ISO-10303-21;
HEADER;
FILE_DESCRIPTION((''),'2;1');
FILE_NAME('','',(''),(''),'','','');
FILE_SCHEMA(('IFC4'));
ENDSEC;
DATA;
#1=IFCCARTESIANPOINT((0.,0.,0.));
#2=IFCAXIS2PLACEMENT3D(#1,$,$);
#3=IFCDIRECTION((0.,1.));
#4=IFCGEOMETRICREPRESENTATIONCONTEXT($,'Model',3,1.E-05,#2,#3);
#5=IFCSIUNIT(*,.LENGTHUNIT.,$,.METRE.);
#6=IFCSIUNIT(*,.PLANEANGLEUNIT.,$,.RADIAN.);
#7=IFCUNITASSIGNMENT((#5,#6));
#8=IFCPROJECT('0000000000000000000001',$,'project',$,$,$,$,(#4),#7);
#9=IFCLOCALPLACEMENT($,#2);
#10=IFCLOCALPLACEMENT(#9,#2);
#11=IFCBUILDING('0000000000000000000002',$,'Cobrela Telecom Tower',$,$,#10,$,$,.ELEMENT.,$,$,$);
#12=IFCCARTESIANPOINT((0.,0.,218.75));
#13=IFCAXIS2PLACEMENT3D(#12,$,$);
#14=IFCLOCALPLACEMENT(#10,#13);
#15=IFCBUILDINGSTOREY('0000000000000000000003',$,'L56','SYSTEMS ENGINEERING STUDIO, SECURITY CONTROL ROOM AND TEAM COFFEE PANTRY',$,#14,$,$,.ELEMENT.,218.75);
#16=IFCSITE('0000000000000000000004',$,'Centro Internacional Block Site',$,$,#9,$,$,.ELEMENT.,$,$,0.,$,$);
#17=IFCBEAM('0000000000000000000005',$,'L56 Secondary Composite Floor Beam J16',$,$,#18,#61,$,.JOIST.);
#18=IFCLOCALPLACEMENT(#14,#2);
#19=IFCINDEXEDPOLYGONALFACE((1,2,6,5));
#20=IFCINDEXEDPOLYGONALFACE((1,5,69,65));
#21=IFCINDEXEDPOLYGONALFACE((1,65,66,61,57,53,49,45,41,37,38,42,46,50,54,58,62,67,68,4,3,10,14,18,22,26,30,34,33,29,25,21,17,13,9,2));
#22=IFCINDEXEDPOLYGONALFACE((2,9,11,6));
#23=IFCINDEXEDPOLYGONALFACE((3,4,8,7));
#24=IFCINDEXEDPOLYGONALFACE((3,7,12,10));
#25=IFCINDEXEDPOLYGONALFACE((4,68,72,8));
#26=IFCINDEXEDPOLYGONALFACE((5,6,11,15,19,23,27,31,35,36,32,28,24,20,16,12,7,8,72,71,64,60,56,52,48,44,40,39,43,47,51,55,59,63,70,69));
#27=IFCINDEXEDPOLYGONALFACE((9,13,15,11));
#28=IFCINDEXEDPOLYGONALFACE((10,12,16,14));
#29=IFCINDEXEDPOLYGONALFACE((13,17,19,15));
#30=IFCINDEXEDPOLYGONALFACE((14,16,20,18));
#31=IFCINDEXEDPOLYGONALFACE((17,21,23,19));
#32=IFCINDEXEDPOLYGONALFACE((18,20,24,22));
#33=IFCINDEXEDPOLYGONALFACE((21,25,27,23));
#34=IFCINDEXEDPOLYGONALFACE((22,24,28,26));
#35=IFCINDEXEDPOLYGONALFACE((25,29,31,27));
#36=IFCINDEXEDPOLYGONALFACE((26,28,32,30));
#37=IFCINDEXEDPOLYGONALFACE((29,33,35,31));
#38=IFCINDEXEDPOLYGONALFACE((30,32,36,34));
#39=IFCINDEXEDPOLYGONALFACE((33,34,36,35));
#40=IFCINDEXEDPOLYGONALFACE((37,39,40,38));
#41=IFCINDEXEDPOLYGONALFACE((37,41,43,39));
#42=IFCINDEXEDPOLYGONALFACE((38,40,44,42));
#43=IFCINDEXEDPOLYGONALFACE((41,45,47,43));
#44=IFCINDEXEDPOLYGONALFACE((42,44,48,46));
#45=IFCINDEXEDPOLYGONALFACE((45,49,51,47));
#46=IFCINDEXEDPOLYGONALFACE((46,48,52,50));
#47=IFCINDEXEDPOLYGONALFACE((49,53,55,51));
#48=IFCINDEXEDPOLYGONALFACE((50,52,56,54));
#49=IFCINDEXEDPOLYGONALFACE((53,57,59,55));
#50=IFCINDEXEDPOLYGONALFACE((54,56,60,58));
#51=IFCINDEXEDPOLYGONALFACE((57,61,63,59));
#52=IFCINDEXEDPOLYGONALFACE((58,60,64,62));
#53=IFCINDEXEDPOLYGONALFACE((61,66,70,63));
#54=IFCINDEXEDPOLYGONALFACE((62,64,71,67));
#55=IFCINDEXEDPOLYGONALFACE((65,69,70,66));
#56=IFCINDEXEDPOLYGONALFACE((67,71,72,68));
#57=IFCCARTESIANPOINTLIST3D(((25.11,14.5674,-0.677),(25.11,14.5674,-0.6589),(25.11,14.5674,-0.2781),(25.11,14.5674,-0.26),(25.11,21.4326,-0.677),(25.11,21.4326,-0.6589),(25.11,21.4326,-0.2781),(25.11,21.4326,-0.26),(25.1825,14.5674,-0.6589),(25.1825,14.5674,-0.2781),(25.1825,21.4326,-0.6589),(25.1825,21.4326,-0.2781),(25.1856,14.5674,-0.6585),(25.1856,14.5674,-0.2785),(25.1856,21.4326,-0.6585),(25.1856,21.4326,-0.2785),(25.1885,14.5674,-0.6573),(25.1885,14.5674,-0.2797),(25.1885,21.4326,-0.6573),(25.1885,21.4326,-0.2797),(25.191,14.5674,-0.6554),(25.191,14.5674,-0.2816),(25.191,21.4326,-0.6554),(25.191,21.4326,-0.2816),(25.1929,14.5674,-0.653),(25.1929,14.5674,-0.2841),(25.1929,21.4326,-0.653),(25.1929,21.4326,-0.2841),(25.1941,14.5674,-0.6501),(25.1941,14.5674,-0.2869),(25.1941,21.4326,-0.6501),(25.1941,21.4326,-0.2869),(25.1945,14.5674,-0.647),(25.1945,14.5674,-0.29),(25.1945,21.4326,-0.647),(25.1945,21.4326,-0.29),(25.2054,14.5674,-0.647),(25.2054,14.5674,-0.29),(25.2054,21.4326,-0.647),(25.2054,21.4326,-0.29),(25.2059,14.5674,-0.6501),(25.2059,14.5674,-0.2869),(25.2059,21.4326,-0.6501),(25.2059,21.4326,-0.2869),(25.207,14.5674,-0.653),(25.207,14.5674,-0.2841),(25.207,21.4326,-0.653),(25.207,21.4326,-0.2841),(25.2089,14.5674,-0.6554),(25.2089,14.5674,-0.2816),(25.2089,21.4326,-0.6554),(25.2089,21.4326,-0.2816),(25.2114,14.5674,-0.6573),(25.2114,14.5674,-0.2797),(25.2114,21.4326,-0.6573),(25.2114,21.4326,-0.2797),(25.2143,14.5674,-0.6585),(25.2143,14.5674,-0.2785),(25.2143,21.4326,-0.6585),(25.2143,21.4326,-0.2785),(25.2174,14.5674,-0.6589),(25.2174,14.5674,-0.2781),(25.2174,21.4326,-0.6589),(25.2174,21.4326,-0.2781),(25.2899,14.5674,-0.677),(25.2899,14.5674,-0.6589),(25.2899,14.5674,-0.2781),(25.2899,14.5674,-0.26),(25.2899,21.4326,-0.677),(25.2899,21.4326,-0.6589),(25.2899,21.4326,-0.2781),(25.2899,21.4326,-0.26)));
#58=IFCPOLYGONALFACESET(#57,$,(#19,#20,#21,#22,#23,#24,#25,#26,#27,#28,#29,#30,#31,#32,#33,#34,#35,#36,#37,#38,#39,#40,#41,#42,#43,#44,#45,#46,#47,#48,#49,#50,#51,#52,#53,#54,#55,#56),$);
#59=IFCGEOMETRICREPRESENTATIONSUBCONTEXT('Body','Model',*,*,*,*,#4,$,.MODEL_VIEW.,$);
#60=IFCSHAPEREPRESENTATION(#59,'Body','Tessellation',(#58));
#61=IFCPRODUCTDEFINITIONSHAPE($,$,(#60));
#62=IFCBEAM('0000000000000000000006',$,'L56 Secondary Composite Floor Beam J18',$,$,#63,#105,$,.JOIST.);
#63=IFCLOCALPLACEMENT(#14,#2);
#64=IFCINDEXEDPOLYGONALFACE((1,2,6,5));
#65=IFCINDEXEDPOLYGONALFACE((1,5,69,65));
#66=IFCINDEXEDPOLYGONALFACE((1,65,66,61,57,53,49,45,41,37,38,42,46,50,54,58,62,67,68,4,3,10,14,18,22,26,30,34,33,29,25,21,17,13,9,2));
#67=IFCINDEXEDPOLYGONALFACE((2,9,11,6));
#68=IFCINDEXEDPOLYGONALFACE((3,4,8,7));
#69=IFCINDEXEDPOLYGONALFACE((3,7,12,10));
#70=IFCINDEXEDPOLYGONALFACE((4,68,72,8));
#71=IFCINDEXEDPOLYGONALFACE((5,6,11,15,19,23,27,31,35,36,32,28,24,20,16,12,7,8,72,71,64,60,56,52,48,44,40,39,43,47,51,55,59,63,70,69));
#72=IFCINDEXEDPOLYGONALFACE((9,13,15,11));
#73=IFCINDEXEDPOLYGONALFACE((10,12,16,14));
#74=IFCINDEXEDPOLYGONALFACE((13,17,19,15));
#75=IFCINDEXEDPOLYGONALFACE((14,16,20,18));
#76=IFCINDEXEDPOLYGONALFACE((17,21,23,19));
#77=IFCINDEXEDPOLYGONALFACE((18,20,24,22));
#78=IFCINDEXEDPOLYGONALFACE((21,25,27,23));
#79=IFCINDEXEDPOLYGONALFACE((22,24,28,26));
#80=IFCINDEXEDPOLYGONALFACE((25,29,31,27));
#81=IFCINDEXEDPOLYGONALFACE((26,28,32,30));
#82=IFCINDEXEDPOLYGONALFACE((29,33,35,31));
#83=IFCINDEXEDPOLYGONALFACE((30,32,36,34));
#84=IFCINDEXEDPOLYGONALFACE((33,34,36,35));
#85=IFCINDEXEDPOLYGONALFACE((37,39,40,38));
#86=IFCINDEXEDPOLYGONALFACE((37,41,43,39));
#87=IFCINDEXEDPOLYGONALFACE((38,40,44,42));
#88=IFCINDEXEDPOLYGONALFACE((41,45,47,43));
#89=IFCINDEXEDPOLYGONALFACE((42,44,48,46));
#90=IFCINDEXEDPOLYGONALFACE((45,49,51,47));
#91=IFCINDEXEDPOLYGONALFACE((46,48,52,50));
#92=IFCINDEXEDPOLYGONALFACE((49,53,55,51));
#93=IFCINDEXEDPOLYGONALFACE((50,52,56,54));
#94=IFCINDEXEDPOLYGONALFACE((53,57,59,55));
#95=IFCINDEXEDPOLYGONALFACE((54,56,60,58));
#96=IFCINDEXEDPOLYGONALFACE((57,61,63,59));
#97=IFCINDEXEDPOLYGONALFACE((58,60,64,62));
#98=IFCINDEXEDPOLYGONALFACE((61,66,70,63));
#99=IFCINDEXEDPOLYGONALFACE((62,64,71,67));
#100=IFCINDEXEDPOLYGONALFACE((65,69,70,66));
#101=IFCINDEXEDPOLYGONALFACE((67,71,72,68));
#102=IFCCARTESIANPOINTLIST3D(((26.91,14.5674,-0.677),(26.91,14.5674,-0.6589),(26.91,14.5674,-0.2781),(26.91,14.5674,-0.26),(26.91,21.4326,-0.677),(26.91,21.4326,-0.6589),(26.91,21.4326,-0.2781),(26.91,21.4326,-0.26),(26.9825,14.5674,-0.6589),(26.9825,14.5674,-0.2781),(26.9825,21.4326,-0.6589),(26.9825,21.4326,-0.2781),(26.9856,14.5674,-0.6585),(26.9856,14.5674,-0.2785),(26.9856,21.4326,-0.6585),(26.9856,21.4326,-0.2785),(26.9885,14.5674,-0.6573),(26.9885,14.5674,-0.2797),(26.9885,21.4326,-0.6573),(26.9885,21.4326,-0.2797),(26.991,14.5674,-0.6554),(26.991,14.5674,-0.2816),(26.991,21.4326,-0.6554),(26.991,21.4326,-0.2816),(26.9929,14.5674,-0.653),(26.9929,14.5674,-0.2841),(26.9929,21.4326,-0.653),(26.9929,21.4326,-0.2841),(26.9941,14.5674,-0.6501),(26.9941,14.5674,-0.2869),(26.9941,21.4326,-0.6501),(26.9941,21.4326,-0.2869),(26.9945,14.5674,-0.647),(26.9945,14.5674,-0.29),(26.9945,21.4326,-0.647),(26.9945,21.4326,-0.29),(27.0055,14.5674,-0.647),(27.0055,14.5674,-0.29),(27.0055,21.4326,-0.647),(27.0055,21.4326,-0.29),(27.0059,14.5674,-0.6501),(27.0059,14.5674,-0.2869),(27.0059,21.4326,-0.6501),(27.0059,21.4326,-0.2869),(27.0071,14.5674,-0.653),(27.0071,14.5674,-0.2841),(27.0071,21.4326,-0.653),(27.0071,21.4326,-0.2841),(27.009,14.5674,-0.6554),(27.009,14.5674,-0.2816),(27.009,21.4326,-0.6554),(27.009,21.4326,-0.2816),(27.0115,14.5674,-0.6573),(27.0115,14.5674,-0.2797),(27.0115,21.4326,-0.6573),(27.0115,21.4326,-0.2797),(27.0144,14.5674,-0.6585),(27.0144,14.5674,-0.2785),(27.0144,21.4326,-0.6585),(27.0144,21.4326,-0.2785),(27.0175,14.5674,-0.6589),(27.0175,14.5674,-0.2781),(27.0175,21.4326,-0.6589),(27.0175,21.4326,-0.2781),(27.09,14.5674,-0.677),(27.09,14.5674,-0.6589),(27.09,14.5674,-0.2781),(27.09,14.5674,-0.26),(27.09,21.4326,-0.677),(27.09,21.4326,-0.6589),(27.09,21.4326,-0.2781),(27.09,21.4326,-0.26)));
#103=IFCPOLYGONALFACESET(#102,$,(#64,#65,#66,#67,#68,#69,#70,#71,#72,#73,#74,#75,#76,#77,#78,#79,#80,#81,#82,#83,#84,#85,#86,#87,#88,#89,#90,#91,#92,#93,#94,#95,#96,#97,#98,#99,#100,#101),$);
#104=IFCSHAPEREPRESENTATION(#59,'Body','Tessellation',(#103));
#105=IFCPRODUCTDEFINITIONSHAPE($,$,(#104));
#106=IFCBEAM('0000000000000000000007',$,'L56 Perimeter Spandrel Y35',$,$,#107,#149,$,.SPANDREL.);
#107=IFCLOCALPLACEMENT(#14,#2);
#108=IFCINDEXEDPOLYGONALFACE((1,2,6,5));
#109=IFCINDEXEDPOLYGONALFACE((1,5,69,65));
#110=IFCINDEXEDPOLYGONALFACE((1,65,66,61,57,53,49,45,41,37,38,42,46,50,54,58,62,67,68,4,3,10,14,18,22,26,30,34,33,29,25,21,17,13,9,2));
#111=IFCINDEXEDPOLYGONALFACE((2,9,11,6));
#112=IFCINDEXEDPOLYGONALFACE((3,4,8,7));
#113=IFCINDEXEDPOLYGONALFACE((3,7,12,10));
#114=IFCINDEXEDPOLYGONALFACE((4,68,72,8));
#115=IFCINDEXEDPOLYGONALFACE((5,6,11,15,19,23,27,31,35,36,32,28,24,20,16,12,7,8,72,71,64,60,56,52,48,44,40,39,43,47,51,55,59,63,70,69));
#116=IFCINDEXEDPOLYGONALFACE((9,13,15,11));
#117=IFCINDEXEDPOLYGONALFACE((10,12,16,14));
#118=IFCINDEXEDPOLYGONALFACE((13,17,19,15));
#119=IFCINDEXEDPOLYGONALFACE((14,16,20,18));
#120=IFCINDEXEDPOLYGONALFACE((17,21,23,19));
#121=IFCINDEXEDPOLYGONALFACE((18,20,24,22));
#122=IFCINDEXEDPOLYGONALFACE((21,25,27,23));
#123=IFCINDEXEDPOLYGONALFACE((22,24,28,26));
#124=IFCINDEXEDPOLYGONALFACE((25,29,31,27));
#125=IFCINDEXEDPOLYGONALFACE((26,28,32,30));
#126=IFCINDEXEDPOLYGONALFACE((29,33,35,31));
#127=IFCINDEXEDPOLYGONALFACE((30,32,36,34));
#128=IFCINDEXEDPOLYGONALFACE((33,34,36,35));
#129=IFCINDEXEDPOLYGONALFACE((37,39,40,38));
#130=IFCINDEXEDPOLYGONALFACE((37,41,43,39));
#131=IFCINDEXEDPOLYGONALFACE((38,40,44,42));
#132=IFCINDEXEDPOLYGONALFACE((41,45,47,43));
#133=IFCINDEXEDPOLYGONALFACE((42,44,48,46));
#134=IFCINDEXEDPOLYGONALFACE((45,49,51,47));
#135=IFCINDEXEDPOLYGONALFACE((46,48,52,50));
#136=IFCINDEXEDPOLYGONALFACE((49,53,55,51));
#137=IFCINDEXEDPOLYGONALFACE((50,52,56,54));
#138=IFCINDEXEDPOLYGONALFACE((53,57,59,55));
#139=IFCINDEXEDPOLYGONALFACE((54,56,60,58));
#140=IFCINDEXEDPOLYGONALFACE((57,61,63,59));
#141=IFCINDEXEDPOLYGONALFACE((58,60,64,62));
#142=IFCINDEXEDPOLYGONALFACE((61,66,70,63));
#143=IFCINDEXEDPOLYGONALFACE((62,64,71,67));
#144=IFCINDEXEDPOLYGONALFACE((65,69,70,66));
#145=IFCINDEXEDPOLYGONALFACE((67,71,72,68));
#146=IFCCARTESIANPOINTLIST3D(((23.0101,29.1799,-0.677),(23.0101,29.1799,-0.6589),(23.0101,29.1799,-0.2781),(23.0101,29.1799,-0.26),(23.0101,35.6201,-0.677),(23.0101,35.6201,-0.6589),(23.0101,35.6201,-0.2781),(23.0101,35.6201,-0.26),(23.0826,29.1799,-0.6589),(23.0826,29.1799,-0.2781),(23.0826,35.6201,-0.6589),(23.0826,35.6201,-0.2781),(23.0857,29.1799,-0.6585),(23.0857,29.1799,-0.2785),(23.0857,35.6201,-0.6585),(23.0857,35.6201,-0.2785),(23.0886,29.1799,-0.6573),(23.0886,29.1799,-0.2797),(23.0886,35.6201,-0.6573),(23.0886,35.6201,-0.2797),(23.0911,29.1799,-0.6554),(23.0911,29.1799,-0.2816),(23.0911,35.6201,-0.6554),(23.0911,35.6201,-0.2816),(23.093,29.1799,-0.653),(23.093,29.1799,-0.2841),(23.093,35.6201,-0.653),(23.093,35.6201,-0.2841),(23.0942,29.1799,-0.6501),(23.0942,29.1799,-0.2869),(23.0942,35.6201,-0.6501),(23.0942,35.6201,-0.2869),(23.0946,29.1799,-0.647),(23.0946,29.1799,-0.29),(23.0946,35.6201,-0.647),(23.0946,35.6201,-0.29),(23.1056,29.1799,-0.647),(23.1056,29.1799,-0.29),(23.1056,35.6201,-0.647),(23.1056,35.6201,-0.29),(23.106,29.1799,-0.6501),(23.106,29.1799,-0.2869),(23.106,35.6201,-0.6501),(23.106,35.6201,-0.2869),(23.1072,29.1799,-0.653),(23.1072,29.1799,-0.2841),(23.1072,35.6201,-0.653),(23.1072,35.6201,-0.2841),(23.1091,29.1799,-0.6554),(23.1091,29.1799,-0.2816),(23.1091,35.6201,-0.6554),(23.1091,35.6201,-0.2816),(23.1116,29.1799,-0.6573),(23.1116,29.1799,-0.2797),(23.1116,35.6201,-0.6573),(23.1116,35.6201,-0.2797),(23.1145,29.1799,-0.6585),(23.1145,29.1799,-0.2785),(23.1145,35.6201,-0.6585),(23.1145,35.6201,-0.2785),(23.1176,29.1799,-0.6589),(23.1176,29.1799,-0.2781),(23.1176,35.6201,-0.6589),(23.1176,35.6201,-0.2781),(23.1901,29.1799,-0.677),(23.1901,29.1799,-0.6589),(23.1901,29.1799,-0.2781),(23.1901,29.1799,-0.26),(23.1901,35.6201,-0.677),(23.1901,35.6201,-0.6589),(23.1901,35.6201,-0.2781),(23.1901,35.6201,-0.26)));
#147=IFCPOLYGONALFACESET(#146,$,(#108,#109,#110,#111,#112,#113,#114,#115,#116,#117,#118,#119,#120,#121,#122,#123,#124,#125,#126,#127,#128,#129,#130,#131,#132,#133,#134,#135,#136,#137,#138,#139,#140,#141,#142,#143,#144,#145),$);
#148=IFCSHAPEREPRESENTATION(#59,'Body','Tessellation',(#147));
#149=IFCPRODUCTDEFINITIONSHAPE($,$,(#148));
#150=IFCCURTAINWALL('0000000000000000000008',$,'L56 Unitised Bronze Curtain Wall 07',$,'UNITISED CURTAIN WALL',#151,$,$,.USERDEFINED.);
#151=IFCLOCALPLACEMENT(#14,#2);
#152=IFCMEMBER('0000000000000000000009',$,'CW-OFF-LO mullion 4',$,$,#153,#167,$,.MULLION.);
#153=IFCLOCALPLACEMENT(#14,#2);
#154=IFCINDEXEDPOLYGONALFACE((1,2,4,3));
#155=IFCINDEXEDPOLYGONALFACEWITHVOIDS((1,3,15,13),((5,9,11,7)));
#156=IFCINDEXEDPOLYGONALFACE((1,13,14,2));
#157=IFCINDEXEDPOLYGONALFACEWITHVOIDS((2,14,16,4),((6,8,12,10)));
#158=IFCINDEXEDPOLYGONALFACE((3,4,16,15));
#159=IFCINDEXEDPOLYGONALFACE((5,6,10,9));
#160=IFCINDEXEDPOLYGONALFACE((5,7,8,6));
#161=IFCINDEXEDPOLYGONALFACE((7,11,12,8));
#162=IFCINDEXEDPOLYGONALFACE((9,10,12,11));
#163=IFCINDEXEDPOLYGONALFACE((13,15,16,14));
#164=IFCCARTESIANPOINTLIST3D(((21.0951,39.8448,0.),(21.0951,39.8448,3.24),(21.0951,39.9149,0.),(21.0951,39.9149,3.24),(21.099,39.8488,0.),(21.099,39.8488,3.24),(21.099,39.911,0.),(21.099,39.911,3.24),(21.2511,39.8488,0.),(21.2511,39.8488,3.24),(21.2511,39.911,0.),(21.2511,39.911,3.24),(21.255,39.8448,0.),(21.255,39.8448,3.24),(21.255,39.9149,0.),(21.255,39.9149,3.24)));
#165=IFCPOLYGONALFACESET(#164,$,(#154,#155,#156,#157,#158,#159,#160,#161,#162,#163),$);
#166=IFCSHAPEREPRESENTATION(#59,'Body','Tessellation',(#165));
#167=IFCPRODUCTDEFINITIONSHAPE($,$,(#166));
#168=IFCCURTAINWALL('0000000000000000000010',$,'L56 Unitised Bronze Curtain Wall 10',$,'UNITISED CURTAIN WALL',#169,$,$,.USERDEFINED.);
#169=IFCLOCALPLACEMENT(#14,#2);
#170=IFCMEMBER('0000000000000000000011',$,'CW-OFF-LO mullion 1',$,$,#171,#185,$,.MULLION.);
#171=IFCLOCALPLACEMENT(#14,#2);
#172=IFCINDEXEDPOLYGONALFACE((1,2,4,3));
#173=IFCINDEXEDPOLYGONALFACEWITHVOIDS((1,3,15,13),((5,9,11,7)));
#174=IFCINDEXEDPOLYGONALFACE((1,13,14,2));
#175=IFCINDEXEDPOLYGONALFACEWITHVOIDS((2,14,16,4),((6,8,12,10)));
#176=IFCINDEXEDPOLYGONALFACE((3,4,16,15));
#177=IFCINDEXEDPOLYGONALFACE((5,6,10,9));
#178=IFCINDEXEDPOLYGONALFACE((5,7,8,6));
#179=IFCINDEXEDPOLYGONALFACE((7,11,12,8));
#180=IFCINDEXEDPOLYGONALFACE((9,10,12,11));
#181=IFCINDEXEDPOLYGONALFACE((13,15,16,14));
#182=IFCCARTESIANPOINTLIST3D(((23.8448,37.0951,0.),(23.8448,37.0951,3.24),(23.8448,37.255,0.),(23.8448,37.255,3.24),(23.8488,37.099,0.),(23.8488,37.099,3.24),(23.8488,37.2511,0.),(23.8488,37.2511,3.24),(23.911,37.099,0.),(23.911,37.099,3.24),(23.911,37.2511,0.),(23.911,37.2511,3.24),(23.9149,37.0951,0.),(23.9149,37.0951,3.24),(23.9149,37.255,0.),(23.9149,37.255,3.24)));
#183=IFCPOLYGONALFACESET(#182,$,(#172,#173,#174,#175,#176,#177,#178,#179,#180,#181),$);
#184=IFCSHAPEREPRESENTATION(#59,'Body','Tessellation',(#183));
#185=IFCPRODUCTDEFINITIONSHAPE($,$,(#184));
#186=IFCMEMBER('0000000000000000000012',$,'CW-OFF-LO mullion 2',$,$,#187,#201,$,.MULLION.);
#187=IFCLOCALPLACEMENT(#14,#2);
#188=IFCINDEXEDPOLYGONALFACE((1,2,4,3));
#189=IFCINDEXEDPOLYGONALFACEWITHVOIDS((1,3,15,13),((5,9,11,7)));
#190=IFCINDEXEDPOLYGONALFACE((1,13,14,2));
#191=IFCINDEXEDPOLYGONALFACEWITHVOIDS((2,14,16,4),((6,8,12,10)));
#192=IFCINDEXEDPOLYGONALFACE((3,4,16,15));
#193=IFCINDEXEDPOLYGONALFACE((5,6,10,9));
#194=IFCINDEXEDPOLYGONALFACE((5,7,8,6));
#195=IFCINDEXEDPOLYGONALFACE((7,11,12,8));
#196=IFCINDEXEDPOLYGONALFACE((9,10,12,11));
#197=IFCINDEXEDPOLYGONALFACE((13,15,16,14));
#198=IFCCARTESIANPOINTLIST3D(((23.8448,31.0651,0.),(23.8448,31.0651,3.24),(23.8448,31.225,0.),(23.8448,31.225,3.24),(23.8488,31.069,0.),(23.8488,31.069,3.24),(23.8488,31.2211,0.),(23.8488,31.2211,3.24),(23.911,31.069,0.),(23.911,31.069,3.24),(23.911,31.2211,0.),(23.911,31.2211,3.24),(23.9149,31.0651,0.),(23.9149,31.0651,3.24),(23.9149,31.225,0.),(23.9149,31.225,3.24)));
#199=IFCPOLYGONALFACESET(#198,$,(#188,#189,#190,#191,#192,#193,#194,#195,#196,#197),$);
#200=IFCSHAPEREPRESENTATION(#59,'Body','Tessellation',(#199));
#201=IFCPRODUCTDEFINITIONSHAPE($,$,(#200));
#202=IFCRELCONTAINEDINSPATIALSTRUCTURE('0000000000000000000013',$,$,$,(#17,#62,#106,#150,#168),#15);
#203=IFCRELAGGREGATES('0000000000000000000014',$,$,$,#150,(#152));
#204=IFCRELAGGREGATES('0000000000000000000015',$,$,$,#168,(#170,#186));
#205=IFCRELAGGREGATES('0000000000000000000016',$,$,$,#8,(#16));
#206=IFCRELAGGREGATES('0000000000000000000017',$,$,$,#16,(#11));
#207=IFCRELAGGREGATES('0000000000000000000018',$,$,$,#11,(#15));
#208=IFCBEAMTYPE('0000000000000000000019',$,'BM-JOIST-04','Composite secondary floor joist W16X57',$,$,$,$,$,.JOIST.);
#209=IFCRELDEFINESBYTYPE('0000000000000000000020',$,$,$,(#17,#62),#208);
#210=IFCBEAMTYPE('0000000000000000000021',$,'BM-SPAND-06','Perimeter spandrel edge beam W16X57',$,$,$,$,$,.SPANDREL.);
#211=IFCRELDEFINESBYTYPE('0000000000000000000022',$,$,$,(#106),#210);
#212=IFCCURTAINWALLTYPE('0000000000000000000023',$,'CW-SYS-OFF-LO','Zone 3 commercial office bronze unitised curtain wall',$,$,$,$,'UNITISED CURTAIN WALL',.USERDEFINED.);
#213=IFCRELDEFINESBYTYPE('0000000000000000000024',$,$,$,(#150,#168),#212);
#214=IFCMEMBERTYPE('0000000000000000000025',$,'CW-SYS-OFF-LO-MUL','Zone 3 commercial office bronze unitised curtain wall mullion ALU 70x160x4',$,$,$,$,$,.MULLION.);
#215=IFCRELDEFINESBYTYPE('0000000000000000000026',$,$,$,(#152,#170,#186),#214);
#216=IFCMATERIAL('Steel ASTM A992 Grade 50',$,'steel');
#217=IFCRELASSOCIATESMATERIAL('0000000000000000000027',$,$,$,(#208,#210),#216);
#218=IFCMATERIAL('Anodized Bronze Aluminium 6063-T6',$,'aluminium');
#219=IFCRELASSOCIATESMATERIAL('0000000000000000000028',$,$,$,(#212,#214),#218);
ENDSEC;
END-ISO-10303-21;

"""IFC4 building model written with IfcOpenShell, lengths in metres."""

from ifc_helpers import new_model, si_unit, direction, frame, origin, origin_2d, place, context, subcontext, project, spatial, hollow_rectangle, i_section, extrude, material, material_profile, profile_set, type_object, element, aggregate, save


model = new_model("IFC4")

# Units and contexts
model_context = context("Model", 3, precision=1e-05, world=origin(), true_north=direction((0.0, 1.0)))
body_context = subcontext(model_context, "Body", "Model", "MODEL_VIEW")
ifc_project = project(units=[si_unit("LENGTHUNIT", "METRE"), si_unit("PLANEANGLEUNIT", "RADIAN")], contexts=[model_context])

# Site, building, storey
site_placement = place(None, origin())
site = spatial("IfcSite", under=ifc_project, at=site_placement, Name="Centro Internacional Block Site", CompositionType="ELEMENT", RefElevation=0.0)
building_placement = place(site_placement, origin())
building = spatial("IfcBuilding", under=site, at=building_placement, Name="Cobrela Telecom Tower", CompositionType="ELEMENT")
storey_placement = place(building_placement, frame((0.0, 0.0, 218.75)))
storey = spatial("IfcBuildingStorey", under=building, at=storey_placement, Name="L56", Description="SYSTEMS ENGINEERING STUDIO, SECURITY CONTROL ROOM AND TEAM COFFEE PANTRY", CompositionType="ELEMENT", Elevation=218.75)

# Shared definitions
ifc_material_1 = material(Name="Steel ASTM A992 Grade 50", Category="steel")

# Beams
ifc_material_profile_1 = material_profile(ifc_material_1, i_section(OverallWidth=0.1799, OverallDepth=0.417, WebThickness=0.011, FlangeThickness=0.0181, FilletRadius=0.012, at=origin_2d()), Name="W16X57")
ifc_profile_set_1 = profile_set([ifc_material_profile_1], Name="Steel ASTM A992 Grade 50")
beam_type_1 = type_object("IfcBeamType", Name="BM-JOIST-04", Description="Composite secondary floor joist W16X57", PredefinedType="JOIST", material=ifc_profile_set_1)
for number, where, z_axis, x_axis, name in (
    (1, (25.2, 14.5674, -0.4685), (0.0, 1.0, 0.0), (-1.0, 0.0, 0.0), "L56 Secondary Composite Floor Beam J16"),
    (2, (27.0, 14.5674, -0.4685), (0.0, 1.0, 0.0), (-1.0, 0.0, 0.0), "L56 Secondary Composite Floor Beam J18"),
):
    element("IfcBeam", number, at=place(storey_placement, frame(where, z_axis=z_axis, x_axis=x_axis)), inside=storey, type_object=beam_type_1, Name=name, PredefinedType="JOIST", context=body_context, shape_type="SweptSolid", body=[
        extrude(i_section(OverallWidth=0.1799, OverallDepth=0.417, WebThickness=0.011, FlangeThickness=0.0181, FilletRadius=0.012, at=origin_2d()), origin(), (0.0, 0.0, 1.0), 6.8652),
    ])
ifc_material_profile_2 = material_profile(ifc_material_1, i_section(OverallWidth=0.1799, OverallDepth=0.417, WebThickness=0.011, FlangeThickness=0.0181, FilletRadius=0.012, at=origin_2d()), Name="W16X57")
ifc_profile_set_2 = profile_set([ifc_material_profile_2], Name="Steel ASTM A992 Grade 50")
beam_type_2 = type_object("IfcBeamType", Name="BM-SPAND-06", Description="Perimeter spandrel edge beam W16X57", PredefinedType="SPANDREL", material=ifc_profile_set_2)
beam_1_placement = place(storey_placement, frame((23.1001, 29.1799, -0.4685), z_axis=(0.0, 1.0, 0.0), x_axis=(-1.0, 0.0, 0.0)))
element("IfcBeam", 3, at=beam_1_placement, inside=storey, type_object=beam_type_2, Name="L56 Perimeter Spandrel Y35", PredefinedType="SPANDREL", context=body_context, shape_type="SweptSolid", body=[
    extrude(i_section(OverallWidth=0.1799, OverallDepth=0.417, WebThickness=0.011, FlangeThickness=0.0181, FilletRadius=0.012, at=origin_2d()), origin(), (0.0, 0.0, 1.0), 6.4402),
])

# Curtain wall, member
ifc_material_2 = material(Name="Anodized Bronze Aluminium 6063-T6", Category="aluminium")
curtain_wall_type = type_object("IfcCurtainWallType", Name="CW-SYS-OFF-LO", Description="Zone 3 commercial office bronze unitised curtain wall", ElementType="UNITISED CURTAIN WALL", PredefinedType="USERDEFINED", material=ifc_material_2)
curtain_wall_1_placement = place(storey_placement, origin())
curtain_wall_1 = element("IfcCurtainWall", 4, at=curtain_wall_1_placement, inside=storey, type_object=curtain_wall_type, Name="L56 Unitised Bronze Curtain Wall 07", ObjectType="UNITISED CURTAIN WALL", PredefinedType="USERDEFINED")
ifc_material_profile_3 = material_profile(ifc_material_2, hollow_rectangle(XDim=0.0701, YDim=0.1599, WallThickness=0.0039, at=origin_2d()), Name="ALU 70x160x4")
ifc_profile_set_3 = profile_set([ifc_material_profile_3], Name="Anodized Bronze Aluminium 6063-T6")
member_type_1 = type_object("IfcMemberType", Name="CW-SYS-OFF-LO-MUL", Description="Zone 3 commercial office bronze unitised curtain wall mullion ALU 70x160x4", PredefinedType="MULLION", material=ifc_profile_set_3)
member_1_placement = place(storey_placement, frame((21.175, 39.8799, 0.0), z_axis=(0.0, 0.0, 1.0), x_axis=(0.0, 1.0, 0.0)))
member_1 = element("IfcMember", 5, at=member_1_placement, type_object=member_type_1, Name="CW-OFF-LO mullion 4", PredefinedType="MULLION", context=body_context, shape_type="SweptSolid", body=[
    extrude(hollow_rectangle(XDim=0.0701, YDim=0.1599, WallThickness=0.0039, at=origin_2d()), origin(), (0.0, 0.0, 1.0), 3.24),
])

# Curtain wall, members
curtain_wall_2_placement = place(storey_placement, origin())
curtain_wall_2 = element("IfcCurtainWall", 6, at=curtain_wall_2_placement, inside=storey, type_object=curtain_wall_type, Name="L56 Unitised Bronze Curtain Wall 10", ObjectType="UNITISED CURTAIN WALL", PredefinedType="USERDEFINED")
member_2_placement = place(storey_placement, frame((23.8799, 37.175, 0.0), z_axis=(0.0, 0.0, 1.0), x_axis=(1.0, 0.0, 0.0)))
member_2 = element("IfcMember", 7, at=member_2_placement, type_object=member_type_1, Name="CW-OFF-LO mullion 1", PredefinedType="MULLION", context=body_context, shape_type="SweptSolid", body=[
    extrude(hollow_rectangle(XDim=0.0701, YDim=0.1599, WallThickness=0.0039, at=origin_2d()), origin(), (0.0, 0.0, 1.0), 3.24),
])
member_3_placement = place(storey_placement, frame((23.8799, 31.145, 0.0), z_axis=(0.0, 0.0, 1.0), x_axis=(1.0, 0.0, 0.0)))
member_3 = element("IfcMember", 8, at=member_3_placement, type_object=member_type_1, Name="CW-OFF-LO mullion 2", PredefinedType="MULLION", context=body_context, shape_type="SweptSolid", body=[
    extrude(hollow_rectangle(XDim=0.0701, YDim=0.1599, WallThickness=0.0039, at=origin_2d()), origin(), (0.0, 0.0, 1.0), 3.24),
])

aggregate(curtain_wall_1, [member_1])
aggregate(curtain_wall_2, [member_2, member_3])

save(model, "model.ifc")
